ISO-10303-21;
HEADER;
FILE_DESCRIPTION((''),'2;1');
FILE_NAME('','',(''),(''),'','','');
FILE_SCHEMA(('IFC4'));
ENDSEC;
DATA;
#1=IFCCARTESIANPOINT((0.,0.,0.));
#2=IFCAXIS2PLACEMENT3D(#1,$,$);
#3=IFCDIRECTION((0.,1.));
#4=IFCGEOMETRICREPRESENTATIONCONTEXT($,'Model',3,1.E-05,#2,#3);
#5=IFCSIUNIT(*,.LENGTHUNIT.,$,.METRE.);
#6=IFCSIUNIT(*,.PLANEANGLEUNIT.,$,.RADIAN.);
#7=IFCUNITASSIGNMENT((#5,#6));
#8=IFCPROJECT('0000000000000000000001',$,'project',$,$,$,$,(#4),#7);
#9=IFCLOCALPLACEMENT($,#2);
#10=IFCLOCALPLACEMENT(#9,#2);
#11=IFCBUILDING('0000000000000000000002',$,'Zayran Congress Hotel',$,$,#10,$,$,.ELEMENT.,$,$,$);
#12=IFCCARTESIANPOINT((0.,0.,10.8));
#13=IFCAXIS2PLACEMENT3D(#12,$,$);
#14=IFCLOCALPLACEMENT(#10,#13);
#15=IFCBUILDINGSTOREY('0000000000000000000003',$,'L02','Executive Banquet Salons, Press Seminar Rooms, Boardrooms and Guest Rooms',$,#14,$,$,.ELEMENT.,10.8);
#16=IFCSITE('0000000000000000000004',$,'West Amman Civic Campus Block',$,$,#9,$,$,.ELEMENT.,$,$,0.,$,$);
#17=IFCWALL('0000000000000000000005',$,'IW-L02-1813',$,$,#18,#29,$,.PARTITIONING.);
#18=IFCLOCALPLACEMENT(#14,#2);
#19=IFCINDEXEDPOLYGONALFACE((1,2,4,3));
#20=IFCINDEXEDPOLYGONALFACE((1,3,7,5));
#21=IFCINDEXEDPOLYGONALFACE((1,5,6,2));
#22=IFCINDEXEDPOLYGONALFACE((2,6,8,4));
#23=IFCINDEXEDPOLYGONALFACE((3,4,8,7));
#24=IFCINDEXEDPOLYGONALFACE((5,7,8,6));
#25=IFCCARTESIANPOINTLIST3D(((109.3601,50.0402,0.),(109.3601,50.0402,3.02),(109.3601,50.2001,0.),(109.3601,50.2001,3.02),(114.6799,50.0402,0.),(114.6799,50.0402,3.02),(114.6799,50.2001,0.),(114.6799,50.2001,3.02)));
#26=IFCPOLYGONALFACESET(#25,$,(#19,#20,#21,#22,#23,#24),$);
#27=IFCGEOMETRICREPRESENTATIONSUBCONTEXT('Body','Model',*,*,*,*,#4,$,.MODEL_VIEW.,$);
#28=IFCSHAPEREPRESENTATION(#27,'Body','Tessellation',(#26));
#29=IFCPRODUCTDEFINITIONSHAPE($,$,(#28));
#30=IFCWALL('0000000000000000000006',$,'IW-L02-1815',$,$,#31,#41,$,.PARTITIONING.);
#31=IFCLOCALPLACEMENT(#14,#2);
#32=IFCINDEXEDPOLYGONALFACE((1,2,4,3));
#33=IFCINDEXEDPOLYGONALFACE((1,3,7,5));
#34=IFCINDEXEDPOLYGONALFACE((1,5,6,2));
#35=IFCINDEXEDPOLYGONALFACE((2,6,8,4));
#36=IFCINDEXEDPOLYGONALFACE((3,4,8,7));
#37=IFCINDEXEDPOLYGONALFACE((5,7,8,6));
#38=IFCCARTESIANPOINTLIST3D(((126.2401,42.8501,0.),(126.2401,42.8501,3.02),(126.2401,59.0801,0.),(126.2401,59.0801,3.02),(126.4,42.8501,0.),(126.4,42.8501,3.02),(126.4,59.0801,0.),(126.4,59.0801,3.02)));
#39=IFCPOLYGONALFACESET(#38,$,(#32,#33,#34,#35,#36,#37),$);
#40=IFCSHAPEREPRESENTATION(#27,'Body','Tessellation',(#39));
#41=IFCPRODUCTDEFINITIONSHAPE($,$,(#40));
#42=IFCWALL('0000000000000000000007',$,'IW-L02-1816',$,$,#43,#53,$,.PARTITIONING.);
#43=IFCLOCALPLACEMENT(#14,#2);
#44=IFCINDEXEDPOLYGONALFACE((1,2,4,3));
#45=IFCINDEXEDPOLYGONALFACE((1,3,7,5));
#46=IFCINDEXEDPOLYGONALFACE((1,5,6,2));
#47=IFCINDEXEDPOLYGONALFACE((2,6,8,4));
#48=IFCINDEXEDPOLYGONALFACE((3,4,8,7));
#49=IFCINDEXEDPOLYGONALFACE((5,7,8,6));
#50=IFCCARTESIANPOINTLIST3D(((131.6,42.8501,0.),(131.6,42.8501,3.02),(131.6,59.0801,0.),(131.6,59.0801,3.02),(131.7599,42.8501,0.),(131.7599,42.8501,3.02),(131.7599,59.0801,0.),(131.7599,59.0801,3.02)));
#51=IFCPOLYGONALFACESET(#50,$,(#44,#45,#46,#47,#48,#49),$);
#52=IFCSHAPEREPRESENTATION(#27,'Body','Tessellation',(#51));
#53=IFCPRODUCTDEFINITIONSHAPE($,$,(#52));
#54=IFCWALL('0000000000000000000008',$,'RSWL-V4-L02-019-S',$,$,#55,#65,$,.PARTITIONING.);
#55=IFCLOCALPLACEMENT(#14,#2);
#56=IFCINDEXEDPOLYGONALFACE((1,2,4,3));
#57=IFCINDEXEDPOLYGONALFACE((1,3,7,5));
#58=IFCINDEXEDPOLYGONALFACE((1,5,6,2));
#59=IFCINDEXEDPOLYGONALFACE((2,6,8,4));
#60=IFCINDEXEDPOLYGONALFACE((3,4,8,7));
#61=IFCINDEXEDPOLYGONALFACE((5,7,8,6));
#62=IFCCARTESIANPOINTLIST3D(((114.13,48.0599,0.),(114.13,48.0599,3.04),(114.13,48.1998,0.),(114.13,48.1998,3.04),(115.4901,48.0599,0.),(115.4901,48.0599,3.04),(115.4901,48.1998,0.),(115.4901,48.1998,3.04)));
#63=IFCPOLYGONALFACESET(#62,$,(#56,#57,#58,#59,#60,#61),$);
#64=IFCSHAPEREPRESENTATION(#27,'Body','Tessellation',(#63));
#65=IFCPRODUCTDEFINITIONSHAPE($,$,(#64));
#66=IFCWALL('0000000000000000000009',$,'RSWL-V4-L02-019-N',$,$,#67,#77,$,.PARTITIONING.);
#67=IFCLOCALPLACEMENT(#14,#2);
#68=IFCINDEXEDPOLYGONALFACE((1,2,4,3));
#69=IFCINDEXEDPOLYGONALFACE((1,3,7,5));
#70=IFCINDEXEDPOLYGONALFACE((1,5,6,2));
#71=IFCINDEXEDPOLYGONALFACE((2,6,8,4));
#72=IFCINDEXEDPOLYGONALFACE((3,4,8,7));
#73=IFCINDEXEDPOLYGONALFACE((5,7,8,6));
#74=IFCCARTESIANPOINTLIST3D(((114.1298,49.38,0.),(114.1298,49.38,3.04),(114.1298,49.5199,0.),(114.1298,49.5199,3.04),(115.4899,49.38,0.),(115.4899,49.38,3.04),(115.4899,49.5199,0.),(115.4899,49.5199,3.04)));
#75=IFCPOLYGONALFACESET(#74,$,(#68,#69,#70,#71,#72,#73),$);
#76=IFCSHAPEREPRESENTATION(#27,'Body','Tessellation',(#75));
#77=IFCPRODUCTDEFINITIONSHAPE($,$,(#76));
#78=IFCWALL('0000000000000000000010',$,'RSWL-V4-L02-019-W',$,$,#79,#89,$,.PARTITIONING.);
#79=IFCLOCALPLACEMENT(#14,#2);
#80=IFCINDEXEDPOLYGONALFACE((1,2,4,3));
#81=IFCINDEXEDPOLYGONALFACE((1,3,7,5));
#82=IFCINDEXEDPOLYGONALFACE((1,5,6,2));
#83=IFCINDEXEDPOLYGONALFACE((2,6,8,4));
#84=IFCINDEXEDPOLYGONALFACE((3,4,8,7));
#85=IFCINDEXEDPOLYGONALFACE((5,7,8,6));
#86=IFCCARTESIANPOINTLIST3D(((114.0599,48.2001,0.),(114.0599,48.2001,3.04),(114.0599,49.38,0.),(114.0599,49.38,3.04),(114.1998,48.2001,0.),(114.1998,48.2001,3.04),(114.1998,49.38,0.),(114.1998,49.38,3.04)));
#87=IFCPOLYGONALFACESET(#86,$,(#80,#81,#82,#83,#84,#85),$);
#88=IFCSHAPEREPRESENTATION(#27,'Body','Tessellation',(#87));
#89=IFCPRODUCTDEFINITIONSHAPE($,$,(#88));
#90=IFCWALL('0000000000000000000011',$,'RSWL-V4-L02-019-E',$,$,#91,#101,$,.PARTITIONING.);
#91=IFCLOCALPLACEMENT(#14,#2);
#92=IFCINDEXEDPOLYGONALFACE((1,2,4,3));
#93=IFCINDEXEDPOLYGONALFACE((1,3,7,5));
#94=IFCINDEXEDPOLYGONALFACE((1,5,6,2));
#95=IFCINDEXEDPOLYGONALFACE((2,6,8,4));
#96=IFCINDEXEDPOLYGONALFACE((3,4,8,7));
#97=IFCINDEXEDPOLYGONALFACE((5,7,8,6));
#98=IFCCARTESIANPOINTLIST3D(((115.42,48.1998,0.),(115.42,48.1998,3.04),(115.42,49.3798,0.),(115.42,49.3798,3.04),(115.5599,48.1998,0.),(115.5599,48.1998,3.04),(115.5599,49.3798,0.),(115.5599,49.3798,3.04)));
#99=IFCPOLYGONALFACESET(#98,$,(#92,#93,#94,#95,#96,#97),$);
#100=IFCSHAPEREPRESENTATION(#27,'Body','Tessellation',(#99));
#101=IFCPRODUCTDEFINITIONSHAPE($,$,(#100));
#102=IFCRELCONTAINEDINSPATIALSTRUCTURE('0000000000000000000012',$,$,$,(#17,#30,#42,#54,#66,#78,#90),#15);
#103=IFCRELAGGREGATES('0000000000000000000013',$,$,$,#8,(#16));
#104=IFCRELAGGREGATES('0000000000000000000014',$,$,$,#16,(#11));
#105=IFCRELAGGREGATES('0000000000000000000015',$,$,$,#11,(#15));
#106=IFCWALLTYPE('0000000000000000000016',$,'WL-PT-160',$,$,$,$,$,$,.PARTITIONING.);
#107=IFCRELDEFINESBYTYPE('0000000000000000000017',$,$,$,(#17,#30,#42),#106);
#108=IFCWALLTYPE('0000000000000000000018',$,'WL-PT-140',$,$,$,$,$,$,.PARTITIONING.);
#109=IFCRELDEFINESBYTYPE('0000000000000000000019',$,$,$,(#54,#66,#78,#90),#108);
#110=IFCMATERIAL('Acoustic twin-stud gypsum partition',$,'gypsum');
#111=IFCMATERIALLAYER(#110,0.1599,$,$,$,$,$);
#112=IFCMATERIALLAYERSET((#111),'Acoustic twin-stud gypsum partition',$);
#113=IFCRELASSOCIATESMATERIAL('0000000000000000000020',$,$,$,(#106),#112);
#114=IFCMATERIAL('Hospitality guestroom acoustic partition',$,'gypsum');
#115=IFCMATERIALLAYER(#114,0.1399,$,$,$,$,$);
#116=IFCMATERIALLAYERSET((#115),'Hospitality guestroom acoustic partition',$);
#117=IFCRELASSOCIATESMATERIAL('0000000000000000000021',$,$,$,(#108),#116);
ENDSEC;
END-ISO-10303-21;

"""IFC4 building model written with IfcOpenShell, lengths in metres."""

from ifc_helpers import new_model, si_unit, direction, frame, frame_2d, origin, place, context, subcontext, project, spatial, rectangle, extrude, material, layer, layer_set, type_object, element, save


model = new_model("IFC4")

# Units and contexts
model_context = context("Model", 3, precision=1e-05, world=origin(), true_north=direction((0.0, 1.0)))
body_context = subcontext(model_context, "Body", "Model", "MODEL_VIEW")
ifc_project = project(units=[si_unit("LENGTHUNIT", "METRE"), si_unit("PLANEANGLEUNIT", "RADIAN")], contexts=[model_context])

# Site, building, storey
site_placement = place(None, origin())
site = spatial("IfcSite", under=ifc_project, at=site_placement, Name="West Amman Civic Campus Block", CompositionType="ELEMENT", RefElevation=0.0)
building_placement = place(site_placement, origin())
building = spatial("IfcBuilding", under=site, at=building_placement, Name="Zayran Congress Hotel", CompositionType="ELEMENT")
storey_placement = place(building_placement, frame((0.0, 0.0, 10.8)))
storey = spatial("IfcBuildingStorey", under=building, at=storey_placement, Name="L02", Description="Executive Banquet Salons, Press Seminar Rooms, Boardrooms and Guest Rooms", CompositionType="ELEMENT", Elevation=10.8)

# Shared definitions
ifc_material_1 = material(Name="Acoustic twin-stud gypsum partition", Category="gypsum")
ifc_layer_1 = layer(ifc_material_1, 0.1599)
ifc_layer_set_1 = layer_set([ifc_layer_1], Name="Acoustic twin-stud gypsum partition")
wall_type_1 = type_object("IfcWallType", Name="WL-PT-160", PredefinedType="PARTITIONING", material=ifc_layer_set_1)

# Walls
wall_1_placement = place(storey_placement, frame((109.3601, 50.1201, 0.0), z_axis=(0.0, 0.0, 1.0), x_axis=(1.0, 0.0, 0.0)))
element("IfcWall", 1, at=wall_1_placement, inside=storey, type_object=wall_type_1, Name="IW-L02-1813", PredefinedType="PARTITIONING", context=body_context, shape_type="SweptSolid", body=[
    extrude(rectangle(XDim=5.3198, YDim=0.1599, at=frame_2d((2.6599, 0.0))), origin(), (0.0, 0.0, 1.0), 3.02),
])
for number, where, z_axis, x_axis, name in (
    (2, (126.3201, 42.8501, 0.0), (0.0, 0.0, 1.0), (0.0, 1.0, 0.0), "IW-L02-1815"),
    (3, (131.6799, 42.8501, 0.0), (0.0, 0.0, 1.0), (0.0, 1.0, 0.0), "IW-L02-1816"),
):
    element("IfcWall", number, at=place(storey_placement, frame(where, z_axis=z_axis, x_axis=x_axis)), inside=storey, type_object=wall_type_1, Name=name, PredefinedType="PARTITIONING", context=body_context, shape_type="SweptSolid", body=[
        extrude(rectangle(XDim=16.23, YDim=0.1599, at=frame_2d((8.115, 0.0))), origin(), (0.0, 0.0, 1.0), 3.02),
    ])
ifc_material_2 = material(Name="Hospitality guestroom acoustic partition", Category="gypsum")
ifc_layer_2 = layer(ifc_material_2, 0.1399)
ifc_layer_set_2 = layer_set([ifc_layer_2], Name="Hospitality guestroom acoustic partition")
wall_type_2 = type_object("IfcWallType", Name="WL-PT-140", PredefinedType="PARTITIONING", material=ifc_layer_set_2)
for number, where, z_axis, x_axis, name in (
    (4, (114.1299, 48.1299, 0.0), (0.0, 0.0, 1.0), (1.0, 0.0, 0.0), "RSWL-V4-L02-019-S"),
    (5, (115.49, 49.45, 0.0), (0.0, 0.0, 1.0), (-1.0, 0.0, 0.0), "RSWL-V4-L02-019-N"),
):
    element("IfcWall", number, at=place(storey_placement, frame(where, z_axis=z_axis, x_axis=x_axis)), inside=storey, type_object=wall_type_2, Name=name, PredefinedType="PARTITIONING", context=body_context, shape_type="SweptSolid", body=[
        extrude(rectangle(XDim=1.3601, YDim=0.1399, at=frame_2d((0.6802, 0.0))), origin(), (0.0, 0.0, 1.0), 3.04),
    ])
for number, where, z_axis, x_axis, name in (
    (6, (114.1299, 49.3799, 0.0), (0.0, 0.0, 1.0), (0.0, -1.0, 0.0), "RSWL-V4-L02-019-W"),
    (7, (115.49, 48.2, 0.0), (0.0, 0.0, 1.0), (0.0, 1.0, 0.0), "RSWL-V4-L02-019-E"),
):
    element("IfcWall", number, at=place(storey_placement, frame(where, z_axis=z_axis, x_axis=x_axis)), inside=storey, type_object=wall_type_2, Name=name, PredefinedType="PARTITIONING", context=body_context, shape_type="SweptSolid", body=[
        extrude(rectangle(XDim=1.1799, YDim=0.1399, at=frame_2d((0.5898, 0.0))), origin(), (0.0, 0.0, 1.0), 3.04),
    ])

save(model, "model.ifc")
